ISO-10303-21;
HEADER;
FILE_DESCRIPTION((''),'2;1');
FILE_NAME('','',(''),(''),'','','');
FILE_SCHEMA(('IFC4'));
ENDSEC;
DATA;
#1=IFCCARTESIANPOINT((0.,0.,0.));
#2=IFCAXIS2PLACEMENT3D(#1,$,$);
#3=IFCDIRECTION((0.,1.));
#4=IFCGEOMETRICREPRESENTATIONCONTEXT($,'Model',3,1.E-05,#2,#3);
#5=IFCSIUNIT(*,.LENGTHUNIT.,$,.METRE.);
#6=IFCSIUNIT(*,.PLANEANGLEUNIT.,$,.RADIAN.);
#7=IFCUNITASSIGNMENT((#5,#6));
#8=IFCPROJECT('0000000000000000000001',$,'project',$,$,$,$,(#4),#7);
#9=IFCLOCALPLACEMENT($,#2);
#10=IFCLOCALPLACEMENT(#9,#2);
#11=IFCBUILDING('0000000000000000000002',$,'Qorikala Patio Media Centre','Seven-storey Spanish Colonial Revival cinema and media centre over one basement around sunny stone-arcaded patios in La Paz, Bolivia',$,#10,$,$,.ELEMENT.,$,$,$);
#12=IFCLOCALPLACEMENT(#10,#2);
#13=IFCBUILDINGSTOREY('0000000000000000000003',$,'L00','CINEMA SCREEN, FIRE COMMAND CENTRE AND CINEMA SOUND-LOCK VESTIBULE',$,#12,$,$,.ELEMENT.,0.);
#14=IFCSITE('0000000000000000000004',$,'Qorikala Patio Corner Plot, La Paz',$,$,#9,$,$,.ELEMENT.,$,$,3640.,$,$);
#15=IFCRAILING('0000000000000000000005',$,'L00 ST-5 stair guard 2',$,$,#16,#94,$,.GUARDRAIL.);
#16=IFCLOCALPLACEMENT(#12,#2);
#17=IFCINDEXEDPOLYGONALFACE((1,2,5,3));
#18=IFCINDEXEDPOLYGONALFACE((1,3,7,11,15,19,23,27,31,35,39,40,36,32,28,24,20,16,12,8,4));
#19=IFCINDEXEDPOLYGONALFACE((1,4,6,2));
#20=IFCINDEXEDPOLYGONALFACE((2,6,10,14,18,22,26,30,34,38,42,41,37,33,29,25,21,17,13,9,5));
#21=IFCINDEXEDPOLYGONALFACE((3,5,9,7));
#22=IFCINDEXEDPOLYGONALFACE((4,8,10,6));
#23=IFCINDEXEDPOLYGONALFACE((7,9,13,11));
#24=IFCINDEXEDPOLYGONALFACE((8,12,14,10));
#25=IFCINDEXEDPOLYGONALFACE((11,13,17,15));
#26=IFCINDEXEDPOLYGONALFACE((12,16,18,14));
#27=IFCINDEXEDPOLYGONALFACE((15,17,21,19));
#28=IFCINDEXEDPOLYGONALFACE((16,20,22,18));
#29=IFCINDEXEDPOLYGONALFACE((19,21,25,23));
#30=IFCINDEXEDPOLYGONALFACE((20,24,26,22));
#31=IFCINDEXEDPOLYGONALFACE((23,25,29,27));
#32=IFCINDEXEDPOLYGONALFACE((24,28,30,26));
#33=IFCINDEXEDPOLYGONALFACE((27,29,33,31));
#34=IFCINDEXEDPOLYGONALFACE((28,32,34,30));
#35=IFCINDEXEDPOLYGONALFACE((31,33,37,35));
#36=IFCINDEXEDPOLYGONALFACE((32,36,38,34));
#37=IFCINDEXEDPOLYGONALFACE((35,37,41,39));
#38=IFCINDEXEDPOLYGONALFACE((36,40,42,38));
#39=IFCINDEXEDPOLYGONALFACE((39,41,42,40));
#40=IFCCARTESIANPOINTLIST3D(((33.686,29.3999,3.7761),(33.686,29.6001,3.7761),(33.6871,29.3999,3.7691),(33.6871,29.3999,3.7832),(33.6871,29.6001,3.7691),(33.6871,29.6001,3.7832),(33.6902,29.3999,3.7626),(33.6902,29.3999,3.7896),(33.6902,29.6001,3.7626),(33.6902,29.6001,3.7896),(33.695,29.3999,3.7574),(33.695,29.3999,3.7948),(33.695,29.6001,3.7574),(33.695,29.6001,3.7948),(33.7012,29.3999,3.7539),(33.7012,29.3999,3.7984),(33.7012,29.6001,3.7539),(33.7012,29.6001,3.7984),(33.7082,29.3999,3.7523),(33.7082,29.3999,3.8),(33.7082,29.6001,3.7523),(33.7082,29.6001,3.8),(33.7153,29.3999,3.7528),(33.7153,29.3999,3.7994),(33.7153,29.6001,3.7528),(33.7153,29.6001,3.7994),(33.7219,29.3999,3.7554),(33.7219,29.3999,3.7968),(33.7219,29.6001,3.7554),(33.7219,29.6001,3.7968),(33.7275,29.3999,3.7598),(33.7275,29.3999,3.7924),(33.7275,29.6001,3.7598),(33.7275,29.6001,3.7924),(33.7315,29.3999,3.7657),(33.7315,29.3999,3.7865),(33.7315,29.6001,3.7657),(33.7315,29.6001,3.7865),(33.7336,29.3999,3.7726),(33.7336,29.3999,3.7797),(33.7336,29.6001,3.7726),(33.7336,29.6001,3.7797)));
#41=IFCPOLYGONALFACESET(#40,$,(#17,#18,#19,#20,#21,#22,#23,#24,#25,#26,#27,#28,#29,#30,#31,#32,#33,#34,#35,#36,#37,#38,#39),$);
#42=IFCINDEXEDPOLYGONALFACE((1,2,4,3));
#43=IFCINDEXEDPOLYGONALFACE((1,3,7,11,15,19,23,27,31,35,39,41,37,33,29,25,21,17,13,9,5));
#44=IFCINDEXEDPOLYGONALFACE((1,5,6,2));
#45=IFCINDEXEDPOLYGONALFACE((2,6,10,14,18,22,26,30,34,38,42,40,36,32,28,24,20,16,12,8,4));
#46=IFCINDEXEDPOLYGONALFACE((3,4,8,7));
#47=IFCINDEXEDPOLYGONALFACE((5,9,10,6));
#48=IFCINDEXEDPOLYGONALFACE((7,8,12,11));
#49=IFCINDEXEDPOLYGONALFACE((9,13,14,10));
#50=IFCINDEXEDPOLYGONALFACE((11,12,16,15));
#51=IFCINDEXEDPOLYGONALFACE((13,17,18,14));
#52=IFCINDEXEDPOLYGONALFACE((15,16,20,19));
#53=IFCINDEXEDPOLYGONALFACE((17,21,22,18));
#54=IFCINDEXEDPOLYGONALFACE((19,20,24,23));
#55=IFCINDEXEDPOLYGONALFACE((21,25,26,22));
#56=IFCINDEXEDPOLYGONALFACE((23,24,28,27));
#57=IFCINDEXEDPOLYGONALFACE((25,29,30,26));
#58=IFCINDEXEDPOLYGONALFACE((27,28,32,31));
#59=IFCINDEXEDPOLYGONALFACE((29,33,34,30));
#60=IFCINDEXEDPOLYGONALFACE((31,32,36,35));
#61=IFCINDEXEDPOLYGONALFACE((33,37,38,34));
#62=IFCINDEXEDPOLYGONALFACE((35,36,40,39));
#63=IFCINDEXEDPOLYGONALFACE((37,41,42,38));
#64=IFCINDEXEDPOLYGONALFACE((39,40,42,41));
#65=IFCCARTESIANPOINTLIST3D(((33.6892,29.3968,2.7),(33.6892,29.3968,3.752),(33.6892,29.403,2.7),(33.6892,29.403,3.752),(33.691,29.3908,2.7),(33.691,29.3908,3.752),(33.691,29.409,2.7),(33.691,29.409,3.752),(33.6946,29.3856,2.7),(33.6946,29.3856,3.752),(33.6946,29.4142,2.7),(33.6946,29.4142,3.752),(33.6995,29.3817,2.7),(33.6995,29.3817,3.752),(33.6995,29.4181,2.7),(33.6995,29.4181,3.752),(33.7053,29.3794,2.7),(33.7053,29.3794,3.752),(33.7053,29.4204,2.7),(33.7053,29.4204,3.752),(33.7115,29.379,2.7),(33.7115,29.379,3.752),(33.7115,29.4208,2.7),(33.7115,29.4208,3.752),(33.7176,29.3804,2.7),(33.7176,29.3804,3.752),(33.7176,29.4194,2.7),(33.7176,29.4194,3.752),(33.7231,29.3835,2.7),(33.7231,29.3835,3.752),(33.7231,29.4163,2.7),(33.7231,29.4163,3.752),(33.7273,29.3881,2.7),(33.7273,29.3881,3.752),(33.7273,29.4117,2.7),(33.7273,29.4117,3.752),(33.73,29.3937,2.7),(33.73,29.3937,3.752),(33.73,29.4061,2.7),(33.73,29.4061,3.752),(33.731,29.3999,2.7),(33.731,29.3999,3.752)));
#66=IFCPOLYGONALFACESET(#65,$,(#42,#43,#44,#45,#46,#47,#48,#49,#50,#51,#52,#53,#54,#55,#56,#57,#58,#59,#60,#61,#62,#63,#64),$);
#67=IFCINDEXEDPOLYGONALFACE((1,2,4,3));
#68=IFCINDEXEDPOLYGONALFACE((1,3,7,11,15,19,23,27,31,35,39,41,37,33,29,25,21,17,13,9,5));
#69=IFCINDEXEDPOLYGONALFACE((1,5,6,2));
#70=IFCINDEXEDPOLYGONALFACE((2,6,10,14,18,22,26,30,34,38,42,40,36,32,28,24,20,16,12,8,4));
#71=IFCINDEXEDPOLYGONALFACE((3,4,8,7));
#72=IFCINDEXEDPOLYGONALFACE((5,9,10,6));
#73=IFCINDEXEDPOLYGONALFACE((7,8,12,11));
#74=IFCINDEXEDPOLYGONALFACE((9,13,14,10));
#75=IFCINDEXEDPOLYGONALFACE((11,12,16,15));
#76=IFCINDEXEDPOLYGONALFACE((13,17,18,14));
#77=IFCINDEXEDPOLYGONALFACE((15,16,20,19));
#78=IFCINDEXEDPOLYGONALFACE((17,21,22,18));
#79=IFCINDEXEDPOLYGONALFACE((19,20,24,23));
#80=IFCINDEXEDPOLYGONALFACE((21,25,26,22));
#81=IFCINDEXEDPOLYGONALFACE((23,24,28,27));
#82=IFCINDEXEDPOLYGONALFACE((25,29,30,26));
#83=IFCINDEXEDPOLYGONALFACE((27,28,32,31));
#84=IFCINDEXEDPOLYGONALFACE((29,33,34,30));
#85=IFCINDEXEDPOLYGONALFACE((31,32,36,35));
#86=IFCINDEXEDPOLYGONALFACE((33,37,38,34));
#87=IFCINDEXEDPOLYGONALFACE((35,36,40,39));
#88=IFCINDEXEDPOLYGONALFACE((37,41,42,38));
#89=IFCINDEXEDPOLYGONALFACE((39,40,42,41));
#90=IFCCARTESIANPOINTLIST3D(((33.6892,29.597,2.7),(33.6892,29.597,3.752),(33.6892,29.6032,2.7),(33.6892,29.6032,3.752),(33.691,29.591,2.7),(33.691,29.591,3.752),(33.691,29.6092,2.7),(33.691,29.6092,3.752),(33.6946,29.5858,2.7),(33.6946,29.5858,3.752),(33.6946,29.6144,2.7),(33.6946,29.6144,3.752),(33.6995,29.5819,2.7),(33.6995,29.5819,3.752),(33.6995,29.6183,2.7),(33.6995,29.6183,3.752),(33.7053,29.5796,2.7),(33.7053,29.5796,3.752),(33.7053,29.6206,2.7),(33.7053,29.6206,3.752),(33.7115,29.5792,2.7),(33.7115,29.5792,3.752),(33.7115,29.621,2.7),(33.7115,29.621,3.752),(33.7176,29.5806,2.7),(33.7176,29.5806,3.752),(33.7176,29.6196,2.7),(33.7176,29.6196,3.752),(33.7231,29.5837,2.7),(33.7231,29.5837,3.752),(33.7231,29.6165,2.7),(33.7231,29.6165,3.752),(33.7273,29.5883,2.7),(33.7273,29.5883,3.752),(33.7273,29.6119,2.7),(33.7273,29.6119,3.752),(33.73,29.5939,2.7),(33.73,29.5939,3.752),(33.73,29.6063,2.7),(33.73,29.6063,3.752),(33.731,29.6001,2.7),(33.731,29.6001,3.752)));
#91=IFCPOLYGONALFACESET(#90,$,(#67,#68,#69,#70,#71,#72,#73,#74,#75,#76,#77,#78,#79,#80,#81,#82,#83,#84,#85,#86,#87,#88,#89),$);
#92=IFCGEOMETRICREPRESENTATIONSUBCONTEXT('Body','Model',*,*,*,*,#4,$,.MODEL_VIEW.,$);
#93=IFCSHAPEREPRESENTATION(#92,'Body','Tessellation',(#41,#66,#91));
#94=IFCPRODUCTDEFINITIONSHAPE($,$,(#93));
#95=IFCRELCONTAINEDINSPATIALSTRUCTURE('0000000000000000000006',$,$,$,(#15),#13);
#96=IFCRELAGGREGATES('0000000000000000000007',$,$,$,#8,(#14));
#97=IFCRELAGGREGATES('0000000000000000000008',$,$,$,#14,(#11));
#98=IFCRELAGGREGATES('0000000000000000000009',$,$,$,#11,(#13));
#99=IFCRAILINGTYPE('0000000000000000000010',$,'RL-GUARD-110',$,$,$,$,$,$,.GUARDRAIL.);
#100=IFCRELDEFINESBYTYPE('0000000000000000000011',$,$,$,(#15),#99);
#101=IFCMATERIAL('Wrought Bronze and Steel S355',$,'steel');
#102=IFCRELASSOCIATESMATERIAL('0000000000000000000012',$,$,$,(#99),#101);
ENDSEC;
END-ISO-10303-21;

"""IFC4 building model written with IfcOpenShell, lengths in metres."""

from ifc_helpers import new_model, si_unit, direction, frame, origin, origin_2d, place, context, subcontext, project, spatial, circle, extrude, material, type_object, element, save


model = new_model("IFC4")

# Units and contexts
model_context = context("Model", 3, precision=1e-05, world=origin(), true_north=direction((0.0, 1.0)))
body_context = subcontext(model_context, "Body", "Model", "MODEL_VIEW")
ifc_project = project(units=[si_unit("LENGTHUNIT", "METRE"), si_unit("PLANEANGLEUNIT", "RADIAN")], contexts=[model_context])

# Site, building, storey
site_placement = place(None, origin())
site = spatial("IfcSite", under=ifc_project, at=site_placement, Name="Qorikala Patio Corner Plot, La Paz", CompositionType="ELEMENT", RefElevation=3640.0)
building_placement = place(site_placement, origin())
building = spatial("IfcBuilding", under=site, at=building_placement, Name="Qorikala Patio Media Centre", Description="Seven-storey Spanish Colonial Revival cinema and media centre over one basement around sunny stone-arcaded patios in La Paz, Bolivia", CompositionType="ELEMENT")
storey_placement = place(building_placement, origin())
storey = spatial("IfcBuildingStorey", under=building, at=storey_placement, Name="L00", Description="CINEMA SCREEN, FIRE COMMAND CENTRE AND CINEMA SOUND-LOCK VESTIBULE", CompositionType="ELEMENT", Elevation=0.0)

# Railing
ifc_material_1 = material(Name="Wrought Bronze and Steel S355", Category="steel")
railing_type_1 = type_object("IfcRailingType", Name="RL-GUARD-110", PredefinedType="GUARDRAIL", material=ifc_material_1)
railing_1_placement = place(storey_placement, frame((33.71, 29.3999, 2.7)))
element("IfcRailing", 1, at=railing_1_placement, inside=storey, type_object=railing_type_1, Name="L00 ST-5 stair guard 2", PredefinedType="GUARDRAIL", context=body_context, shape_type="SweptSolid", body=[
    extrude(circle(Radius=0.0239, at=origin_2d()), frame((0.0, 0.0, 1.0762), z_axis=(0.0, 1.0, 0.0), x_axis=(-1.0, 0.0, 0.0)), (0.0, 0.0, 1.0), 0.2002),
    extrude(circle(Radius=0.021, at=origin_2d()), origin(), (0.0, 0.0, 1.0), 1.052),
    extrude(circle(Radius=0.021, at=origin_2d()), frame((0.0, 0.2002, 0.0)), (0.0, 0.0, 1.0), 1.052),
])

save(model, "model.ifc")
